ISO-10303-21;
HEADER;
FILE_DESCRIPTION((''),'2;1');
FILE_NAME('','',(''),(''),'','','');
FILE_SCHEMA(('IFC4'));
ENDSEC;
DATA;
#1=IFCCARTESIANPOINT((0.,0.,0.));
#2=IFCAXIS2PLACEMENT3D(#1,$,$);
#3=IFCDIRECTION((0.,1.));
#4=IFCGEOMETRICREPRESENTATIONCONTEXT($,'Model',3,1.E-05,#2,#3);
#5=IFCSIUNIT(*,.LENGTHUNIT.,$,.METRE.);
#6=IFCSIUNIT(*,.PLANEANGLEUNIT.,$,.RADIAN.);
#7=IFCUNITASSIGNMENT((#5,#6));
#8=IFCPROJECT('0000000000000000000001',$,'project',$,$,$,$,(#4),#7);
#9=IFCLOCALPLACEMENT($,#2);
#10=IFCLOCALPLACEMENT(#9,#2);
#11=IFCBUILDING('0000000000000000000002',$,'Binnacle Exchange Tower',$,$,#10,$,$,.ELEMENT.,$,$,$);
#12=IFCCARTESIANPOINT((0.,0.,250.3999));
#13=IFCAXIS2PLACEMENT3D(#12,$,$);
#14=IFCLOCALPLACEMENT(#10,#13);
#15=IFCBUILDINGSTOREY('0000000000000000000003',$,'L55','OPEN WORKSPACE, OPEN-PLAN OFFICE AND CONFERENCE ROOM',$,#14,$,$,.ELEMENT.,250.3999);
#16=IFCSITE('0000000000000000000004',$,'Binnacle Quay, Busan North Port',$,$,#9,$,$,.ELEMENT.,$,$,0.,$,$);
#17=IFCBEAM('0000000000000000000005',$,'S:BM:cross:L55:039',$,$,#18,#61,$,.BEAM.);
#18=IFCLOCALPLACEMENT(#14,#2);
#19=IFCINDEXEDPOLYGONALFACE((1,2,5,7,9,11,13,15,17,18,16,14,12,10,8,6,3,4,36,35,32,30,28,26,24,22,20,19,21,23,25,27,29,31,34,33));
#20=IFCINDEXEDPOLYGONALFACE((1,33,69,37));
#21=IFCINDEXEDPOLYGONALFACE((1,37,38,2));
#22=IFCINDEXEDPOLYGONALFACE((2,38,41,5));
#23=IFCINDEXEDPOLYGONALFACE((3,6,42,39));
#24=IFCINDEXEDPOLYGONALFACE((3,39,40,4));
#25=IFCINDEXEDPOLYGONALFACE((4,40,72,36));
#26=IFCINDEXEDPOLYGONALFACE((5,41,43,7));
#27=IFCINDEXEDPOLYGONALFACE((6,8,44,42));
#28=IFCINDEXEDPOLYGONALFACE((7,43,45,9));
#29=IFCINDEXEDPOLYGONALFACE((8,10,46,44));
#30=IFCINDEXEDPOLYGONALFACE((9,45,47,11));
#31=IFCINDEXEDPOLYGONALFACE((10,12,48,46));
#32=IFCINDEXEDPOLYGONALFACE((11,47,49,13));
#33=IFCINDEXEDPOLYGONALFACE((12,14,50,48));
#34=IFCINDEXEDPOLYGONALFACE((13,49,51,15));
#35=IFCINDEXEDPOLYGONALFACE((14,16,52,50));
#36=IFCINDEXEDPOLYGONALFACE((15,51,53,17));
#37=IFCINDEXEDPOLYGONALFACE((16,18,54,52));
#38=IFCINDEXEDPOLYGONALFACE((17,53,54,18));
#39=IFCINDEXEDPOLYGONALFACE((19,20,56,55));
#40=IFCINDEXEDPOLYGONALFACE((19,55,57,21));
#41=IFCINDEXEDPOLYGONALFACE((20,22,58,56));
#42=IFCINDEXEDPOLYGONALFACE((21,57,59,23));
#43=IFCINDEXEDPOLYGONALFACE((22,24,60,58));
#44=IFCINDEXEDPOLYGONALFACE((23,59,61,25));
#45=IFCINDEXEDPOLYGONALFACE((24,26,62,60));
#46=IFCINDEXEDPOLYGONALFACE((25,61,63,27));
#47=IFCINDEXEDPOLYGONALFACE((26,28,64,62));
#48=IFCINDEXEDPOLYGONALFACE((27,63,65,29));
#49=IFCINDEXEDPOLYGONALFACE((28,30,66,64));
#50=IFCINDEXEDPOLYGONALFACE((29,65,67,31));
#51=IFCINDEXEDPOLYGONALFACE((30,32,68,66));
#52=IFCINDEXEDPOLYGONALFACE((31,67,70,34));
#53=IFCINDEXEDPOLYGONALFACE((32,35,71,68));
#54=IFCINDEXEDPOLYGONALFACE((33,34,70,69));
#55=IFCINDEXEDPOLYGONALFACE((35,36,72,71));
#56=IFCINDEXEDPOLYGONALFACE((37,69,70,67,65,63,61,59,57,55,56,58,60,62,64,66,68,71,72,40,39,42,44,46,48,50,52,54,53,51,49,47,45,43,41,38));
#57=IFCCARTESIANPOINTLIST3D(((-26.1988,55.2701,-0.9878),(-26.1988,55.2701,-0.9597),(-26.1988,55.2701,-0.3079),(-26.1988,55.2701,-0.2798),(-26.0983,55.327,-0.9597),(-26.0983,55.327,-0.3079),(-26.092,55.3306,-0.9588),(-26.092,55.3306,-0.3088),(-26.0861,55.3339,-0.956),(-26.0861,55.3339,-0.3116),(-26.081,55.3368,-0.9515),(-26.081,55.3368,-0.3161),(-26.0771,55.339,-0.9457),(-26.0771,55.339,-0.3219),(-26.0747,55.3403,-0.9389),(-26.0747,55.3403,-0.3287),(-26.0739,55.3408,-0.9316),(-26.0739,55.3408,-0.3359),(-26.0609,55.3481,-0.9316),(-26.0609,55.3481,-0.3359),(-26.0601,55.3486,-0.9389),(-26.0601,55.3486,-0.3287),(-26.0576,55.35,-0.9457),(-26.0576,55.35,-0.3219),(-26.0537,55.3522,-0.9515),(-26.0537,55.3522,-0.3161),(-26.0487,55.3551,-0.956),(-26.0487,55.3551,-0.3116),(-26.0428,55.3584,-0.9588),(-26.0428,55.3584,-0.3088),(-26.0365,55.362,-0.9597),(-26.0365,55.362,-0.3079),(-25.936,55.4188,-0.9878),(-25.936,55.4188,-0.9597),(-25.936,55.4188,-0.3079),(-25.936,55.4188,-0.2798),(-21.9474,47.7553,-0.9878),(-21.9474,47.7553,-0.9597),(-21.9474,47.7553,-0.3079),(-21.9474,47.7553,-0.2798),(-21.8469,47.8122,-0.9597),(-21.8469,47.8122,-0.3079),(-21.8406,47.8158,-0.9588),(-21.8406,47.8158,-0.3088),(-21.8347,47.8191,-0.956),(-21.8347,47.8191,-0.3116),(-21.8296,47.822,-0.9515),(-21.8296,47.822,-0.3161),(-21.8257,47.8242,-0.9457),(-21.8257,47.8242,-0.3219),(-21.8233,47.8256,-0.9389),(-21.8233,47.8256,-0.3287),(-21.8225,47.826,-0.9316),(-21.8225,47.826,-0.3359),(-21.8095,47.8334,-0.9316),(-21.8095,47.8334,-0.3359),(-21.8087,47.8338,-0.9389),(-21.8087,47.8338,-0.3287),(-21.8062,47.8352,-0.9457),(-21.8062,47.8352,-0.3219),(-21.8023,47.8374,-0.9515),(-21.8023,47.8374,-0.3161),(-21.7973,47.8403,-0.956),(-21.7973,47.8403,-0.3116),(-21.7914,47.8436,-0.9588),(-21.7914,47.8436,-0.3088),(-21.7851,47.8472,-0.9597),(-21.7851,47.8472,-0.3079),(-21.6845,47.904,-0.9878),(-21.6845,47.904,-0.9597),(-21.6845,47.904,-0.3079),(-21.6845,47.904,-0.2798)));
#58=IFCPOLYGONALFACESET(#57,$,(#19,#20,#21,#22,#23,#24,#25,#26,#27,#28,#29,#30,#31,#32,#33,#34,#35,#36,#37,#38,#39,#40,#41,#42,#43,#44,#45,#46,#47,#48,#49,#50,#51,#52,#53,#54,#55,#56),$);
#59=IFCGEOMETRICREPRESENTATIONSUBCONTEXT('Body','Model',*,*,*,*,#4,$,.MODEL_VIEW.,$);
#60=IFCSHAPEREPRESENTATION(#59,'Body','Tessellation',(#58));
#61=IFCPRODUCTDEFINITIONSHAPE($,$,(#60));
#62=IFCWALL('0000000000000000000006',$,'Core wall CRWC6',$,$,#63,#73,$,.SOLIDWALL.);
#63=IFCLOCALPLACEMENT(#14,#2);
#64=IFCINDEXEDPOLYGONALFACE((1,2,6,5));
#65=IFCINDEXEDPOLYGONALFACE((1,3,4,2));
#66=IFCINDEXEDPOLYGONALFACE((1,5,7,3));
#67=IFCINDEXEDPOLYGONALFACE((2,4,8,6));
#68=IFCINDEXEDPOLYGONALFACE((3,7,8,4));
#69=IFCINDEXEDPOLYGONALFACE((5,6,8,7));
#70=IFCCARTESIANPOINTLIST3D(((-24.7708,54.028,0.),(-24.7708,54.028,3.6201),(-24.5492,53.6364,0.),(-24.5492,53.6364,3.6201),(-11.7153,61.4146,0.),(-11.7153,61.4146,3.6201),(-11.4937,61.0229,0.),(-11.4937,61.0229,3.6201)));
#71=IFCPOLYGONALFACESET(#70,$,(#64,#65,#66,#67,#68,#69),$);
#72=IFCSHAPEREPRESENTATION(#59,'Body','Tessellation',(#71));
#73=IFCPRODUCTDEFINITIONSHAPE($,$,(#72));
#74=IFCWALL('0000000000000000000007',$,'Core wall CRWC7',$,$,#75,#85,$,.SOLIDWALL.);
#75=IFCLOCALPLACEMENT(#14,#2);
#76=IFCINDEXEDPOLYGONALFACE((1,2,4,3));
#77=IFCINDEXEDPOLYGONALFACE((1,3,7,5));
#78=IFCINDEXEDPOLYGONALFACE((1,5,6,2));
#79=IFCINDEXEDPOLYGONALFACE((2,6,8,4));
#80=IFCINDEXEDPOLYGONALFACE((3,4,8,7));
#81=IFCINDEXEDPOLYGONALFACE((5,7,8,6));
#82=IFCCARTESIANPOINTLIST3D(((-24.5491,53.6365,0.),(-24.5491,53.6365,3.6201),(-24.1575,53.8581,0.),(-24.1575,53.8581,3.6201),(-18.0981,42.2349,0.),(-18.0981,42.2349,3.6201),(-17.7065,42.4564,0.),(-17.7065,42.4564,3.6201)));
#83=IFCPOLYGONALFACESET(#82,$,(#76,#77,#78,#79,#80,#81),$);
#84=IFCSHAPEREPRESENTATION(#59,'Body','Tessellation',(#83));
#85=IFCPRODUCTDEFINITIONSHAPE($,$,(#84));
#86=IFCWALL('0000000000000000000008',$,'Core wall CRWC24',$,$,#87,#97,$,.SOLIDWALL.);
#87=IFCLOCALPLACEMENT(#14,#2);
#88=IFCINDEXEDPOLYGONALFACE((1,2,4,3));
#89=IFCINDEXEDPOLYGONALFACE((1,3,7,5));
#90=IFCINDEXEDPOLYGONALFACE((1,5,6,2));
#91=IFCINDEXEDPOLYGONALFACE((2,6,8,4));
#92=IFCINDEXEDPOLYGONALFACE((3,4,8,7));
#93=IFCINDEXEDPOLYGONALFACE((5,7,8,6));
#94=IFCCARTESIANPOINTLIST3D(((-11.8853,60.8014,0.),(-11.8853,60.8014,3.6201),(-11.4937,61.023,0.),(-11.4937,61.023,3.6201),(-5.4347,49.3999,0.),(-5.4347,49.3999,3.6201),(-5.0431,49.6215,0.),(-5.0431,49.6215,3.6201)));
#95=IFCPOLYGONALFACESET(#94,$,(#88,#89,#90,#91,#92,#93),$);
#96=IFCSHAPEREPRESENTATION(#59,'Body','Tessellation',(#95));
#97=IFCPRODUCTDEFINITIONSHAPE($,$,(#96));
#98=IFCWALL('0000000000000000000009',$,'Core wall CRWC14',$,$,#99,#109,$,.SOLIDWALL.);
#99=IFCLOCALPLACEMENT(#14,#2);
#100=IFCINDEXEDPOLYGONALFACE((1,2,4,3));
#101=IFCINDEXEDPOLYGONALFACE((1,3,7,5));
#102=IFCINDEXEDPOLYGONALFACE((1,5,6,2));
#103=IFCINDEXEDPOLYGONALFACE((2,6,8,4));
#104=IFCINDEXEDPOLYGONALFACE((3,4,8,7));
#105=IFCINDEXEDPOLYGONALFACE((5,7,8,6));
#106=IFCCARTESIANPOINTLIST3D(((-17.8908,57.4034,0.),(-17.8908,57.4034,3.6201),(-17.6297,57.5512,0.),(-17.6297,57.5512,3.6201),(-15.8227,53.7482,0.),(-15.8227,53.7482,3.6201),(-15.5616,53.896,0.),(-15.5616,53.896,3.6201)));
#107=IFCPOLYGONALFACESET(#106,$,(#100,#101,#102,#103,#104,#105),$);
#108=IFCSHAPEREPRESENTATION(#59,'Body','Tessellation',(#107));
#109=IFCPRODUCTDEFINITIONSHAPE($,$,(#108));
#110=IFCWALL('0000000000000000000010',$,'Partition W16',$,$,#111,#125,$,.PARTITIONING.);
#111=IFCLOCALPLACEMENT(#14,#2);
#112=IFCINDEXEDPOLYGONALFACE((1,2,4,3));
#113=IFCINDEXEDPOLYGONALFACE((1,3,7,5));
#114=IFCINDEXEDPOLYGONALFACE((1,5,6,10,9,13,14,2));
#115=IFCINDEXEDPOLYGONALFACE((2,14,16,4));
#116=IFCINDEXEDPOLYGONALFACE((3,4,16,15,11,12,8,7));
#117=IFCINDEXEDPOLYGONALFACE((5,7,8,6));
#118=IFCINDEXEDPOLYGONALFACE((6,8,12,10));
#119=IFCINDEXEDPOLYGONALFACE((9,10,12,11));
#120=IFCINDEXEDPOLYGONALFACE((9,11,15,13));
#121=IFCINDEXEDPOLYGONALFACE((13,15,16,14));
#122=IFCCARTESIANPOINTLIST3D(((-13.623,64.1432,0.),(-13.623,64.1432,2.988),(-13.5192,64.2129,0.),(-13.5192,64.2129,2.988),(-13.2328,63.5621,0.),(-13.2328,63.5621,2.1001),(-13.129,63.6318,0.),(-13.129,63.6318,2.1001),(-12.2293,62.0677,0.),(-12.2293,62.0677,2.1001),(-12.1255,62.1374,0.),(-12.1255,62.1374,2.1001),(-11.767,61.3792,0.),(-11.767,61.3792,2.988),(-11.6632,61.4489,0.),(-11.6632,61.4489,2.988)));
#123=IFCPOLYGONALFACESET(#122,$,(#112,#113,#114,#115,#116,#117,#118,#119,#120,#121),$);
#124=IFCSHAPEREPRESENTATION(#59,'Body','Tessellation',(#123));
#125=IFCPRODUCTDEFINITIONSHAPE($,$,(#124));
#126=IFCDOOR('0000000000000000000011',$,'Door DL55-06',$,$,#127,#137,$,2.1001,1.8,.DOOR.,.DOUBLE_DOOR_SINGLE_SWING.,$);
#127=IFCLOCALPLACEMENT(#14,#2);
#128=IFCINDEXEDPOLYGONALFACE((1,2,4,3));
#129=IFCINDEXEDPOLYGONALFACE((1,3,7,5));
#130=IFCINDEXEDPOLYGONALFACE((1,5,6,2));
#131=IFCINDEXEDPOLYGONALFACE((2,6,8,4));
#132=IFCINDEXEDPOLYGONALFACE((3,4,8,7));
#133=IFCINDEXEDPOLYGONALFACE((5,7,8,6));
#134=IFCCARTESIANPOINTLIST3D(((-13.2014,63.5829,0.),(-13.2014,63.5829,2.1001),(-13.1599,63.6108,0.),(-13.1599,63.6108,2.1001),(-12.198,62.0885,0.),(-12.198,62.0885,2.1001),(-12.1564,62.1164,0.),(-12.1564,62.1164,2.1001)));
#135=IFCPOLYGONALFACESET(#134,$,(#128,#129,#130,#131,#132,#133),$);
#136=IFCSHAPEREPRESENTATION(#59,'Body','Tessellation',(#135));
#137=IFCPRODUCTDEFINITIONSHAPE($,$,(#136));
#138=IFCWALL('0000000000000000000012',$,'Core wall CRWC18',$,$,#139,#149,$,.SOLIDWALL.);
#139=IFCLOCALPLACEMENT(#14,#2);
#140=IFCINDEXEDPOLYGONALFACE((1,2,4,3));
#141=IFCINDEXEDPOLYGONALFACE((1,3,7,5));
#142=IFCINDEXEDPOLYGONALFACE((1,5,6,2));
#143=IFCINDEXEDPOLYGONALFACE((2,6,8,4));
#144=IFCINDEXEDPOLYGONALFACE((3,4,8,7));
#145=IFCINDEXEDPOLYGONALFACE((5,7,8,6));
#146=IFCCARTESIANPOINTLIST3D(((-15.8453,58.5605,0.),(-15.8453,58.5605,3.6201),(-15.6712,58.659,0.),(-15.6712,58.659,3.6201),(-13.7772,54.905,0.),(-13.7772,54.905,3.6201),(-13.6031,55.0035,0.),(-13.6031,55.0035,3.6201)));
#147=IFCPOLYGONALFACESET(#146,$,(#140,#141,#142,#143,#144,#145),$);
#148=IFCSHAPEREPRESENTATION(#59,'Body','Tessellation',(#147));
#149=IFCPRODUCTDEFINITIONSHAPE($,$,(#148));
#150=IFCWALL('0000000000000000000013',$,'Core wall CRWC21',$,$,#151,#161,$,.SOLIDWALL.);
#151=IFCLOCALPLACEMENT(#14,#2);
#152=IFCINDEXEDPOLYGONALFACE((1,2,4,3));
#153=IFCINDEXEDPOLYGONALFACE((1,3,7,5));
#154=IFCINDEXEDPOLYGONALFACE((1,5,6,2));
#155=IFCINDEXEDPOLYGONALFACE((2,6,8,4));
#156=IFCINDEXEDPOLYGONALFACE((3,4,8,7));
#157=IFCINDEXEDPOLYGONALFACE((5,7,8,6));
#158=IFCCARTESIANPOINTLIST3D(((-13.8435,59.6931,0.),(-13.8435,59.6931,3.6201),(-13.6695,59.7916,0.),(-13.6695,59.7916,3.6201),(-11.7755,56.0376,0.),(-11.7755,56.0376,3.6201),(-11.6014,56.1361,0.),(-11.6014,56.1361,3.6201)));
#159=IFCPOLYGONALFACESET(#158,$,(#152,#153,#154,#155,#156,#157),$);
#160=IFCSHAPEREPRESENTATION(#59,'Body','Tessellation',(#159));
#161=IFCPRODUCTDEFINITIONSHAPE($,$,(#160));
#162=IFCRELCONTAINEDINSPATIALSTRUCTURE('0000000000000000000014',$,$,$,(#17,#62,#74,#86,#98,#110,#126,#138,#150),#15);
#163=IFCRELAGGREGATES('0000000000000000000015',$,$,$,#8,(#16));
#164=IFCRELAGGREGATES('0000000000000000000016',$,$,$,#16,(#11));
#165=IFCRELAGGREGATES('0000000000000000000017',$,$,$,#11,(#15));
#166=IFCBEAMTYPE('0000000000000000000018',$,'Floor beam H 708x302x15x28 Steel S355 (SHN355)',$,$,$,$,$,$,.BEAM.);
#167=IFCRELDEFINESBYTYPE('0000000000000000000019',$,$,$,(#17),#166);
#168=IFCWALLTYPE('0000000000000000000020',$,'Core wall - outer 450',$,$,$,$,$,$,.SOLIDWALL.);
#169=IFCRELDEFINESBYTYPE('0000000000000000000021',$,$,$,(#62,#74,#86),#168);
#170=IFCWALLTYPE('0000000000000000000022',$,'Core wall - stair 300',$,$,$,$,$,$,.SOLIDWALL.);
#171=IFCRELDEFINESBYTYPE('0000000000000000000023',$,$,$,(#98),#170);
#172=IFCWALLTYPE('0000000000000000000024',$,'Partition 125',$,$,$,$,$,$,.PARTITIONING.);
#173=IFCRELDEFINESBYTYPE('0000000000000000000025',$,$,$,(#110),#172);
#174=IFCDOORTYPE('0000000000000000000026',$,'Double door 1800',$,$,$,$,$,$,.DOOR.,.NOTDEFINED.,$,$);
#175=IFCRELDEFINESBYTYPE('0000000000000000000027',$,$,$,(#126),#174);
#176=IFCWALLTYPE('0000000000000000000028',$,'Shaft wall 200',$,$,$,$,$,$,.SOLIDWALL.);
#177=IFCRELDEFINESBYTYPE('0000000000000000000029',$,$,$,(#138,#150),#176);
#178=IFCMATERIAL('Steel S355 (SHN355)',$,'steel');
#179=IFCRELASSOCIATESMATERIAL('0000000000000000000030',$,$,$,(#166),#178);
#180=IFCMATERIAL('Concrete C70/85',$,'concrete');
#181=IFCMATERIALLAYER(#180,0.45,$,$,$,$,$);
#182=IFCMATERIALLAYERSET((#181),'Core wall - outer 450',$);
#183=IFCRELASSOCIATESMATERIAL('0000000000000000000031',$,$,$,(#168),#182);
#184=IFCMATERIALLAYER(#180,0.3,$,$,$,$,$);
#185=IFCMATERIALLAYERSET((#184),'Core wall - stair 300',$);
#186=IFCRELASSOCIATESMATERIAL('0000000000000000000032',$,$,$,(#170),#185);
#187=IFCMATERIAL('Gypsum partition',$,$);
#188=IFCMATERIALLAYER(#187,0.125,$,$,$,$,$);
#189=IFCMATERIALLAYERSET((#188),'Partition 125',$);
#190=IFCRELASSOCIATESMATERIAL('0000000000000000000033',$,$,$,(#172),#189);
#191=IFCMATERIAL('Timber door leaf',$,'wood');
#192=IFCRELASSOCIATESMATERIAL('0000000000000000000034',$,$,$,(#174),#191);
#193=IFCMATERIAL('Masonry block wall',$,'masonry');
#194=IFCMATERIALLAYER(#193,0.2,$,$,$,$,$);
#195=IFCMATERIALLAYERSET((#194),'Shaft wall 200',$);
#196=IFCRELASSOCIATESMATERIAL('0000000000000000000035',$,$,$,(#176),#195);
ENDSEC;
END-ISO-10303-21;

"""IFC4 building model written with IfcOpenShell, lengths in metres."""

from ifc_helpers import new_model, si_unit, direction, frame, frame_2d, origin, origin_2d, place, context, subcontext, project, spatial, rectangle, i_section, extrude, material, layer, layer_set, material_profile, profile_set, type_object, element, fill, save


model = new_model("IFC4")

# Units and contexts
model_context = context("Model", 3, precision=1e-05, world=origin(), true_north=direction((0.0, 1.0)))
body_context = subcontext(model_context, "Body", "Model", "MODEL_VIEW")
ifc_project = project(units=[si_unit("LENGTHUNIT", "METRE"), si_unit("PLANEANGLEUNIT", "RADIAN")], contexts=[model_context])

# Site, building, storey
site_placement = place(None, origin())
site = spatial("IfcSite", under=ifc_project, at=site_placement, Name="Binnacle Quay, Busan North Port", CompositionType="ELEMENT", RefElevation=0.0)
building_placement = place(site_placement, origin())
building = spatial("IfcBuilding", under=site, at=building_placement, Name="Binnacle Exchange Tower", CompositionType="ELEMENT")
storey_placement = place(building_placement, frame((0.0, 0.0, 250.3999)))
storey = spatial("IfcBuildingStorey", under=building, at=storey_placement, Name="L55", Description="OPEN WORKSPACE, OPEN-PLAN OFFICE AND CONFERENCE ROOM", CompositionType="ELEMENT", Elevation=250.3999)

# Beam
ifc_material_1 = material(Name="Steel S355 (SHN355)", Category="steel")
ifc_material_profile_1 = material_profile(ifc_material_1, i_section(OverallWidth=0.302, OverallDepth=0.708, WebThickness=0.0149, FlangeThickness=0.0281, FilletRadius=0.0281, at=origin_2d()), Name="H 708x302x15x28")
ifc_profile_set_1 = profile_set([ifc_material_profile_1], Name="Steel S355 (SHN355)")
beam_type_1 = type_object("IfcBeamType", Name="Floor beam H 708x302x15x28 Steel S355 (SHN355)", PredefinedType="BEAM", material=ifc_profile_set_1)
beam_1_placement = place(storey_placement, frame((-26.0674, 55.3445, -0.6338), z_axis=(0.492401, -0.870368, 0.0), x_axis=(0.870368, 0.492401, 0.0)))
element("IfcBeam", 1, at=beam_1_placement, inside=storey, type_object=beam_type_1, Name="S:BM:cross:L55:039", PredefinedType="BEAM", context=body_context, shape_type="SweptSolid", body=[
    extrude(i_section(OverallWidth=0.302, OverallDepth=0.708, WebThickness=0.0149, FlangeThickness=0.0281, FilletRadius=0.0281, at=origin_2d()), origin(), (0.0, 0.0, 1.0), 8.634),
])

# Walls
ifc_material_2 = material(Name="Concrete C70/85", Category="concrete")
ifc_layer_1 = layer(ifc_material_2, 0.45)
ifc_layer_set_1 = layer_set([ifc_layer_1], Name="Core wall - outer 450")
wall_type_1 = type_object("IfcWallType", Name="Core wall - outer 450", PredefinedType="SOLIDWALL", material=ifc_layer_set_1)
wall_1_placement = place(storey_placement, frame((-24.6599, 53.8323, 0.0), z_axis=(0.0, 0.0, 1.0), x_axis=(0.870354, 0.492427, 0.0)))
element("IfcWall", 2, at=wall_1_placement, inside=storey, type_object=wall_type_1, Name="Core wall CRWC6", PredefinedType="SOLIDWALL", context=body_context, shape_type="SweptSolid", body=[
    extrude(rectangle(XDim=15.0002, YDim=0.45, at=frame_2d((7.5, 0.0))), origin(), (0.0, 0.0, 1.0), 3.6201),
])
wall_2_placement = place(storey_placement, frame((-24.3533, 53.7473, 0.0), z_axis=(0.0, 0.0, 1.0), x_axis=(0.492435, -0.870349, 0.0)))
element("IfcWall", 3, at=wall_2_placement, inside=storey, type_object=wall_type_1, Name="Core wall CRWC7", PredefinedType="SOLIDWALL", context=body_context, shape_type="SweptSolid", body=[
    extrude(rectangle(XDim=13.1001, YDim=0.45, at=frame_2d((6.55, 0.0))), origin(), (0.0, 0.0, 1.0), 3.6201),
])
wall_3_placement = place(storey_placement, frame((-11.6895, 60.9121, 0.0), z_axis=(0.0, 0.0, 1.0), x_axis=(0.492421, -0.870357, 0.0)))
element("IfcWall", 4, at=wall_3_placement, inside=storey, type_object=wall_type_1, Name="Core wall CRWC24", PredefinedType="SOLIDWALL", context=body_context, shape_type="SweptSolid", body=[
    extrude(rectangle(XDim=13.0999, YDim=0.45, at=frame_2d((6.5498, 0.0))), origin(), (0.0, 0.0, 1.0), 3.6201),
])
ifc_layer_2 = layer(ifc_material_2, 0.3)
ifc_layer_set_2 = layer_set([ifc_layer_2], Name="Core wall - stair 300")
wall_type_2 = type_object("IfcWallType", Name="Core wall - stair 300", PredefinedType="SOLIDWALL", material=ifc_layer_set_2)
wall_4_placement = place(storey_placement, frame((-17.7603, 57.4773, 0.0), z_axis=(0.0, 0.0, 1.0), x_axis=(0.492435, -0.870349, 0.0)))
element("IfcWall", 5, at=wall_4_placement, inside=storey, type_object=wall_type_2, Name="Core wall CRWC14", PredefinedType="SOLIDWALL", context=body_context, shape_type="SweptSolid", body=[
    extrude(rectangle(XDim=4.1997, YDim=0.3, at=frame_2d((2.0999, 0.0))), origin(), (0.0, 0.0, 1.0), 3.6201),
])

# Wall, opening, door
ifc_material_3 = material(Name="Gypsum partition")
ifc_layer_3 = layer(ifc_material_3, 0.125)
ifc_layer_set_3 = layer_set([ifc_layer_3], Name="Partition 125")
wall_type_3 = type_object("IfcWallType", Name="Partition 125", PredefinedType="PARTITIONING", material=ifc_layer_set_3)
wall_5_placement = place(storey_placement, frame((-13.571, 64.178, 0.0), z_axis=(0.0, 0.0, 1.0), x_axis=(0.557472, -0.830195, 0.0)))
wall_5 = element("IfcWall", 6, at=wall_5_placement, inside=storey, type_object=wall_type_3, Name="Partition W16", PredefinedType="PARTITIONING", context=body_context, shape_type="SweptSolid", body=[
    extrude(rectangle(XDim=3.3293, YDim=0.125, at=frame_2d((1.6646, 0.0))), origin(), (0.0, 0.0, 1.0), 2.988),
])
opening_placement = place(wall_5_placement, frame((0.7, 0.0, 0.0)))
opening = element("IfcOpeningElement", 7, at=opening_placement, cuts=wall_5, PredefinedType="OPENING", context=body_context, shape_type="SweptSolid", body=[
    extrude(rectangle(XDim=1.8, YDim=2.1001, at=frame_2d((0.8999, 1.05))), frame((0.0, 0.0725, 0.0), z_axis=(0.0, -1.0, 0.0), x_axis=(1.0, 0.0, 0.0)), (0.0, 0.0, 1.0), 0.145),
])
ifc_material_4 = material(Name="Timber door leaf", Category="wood")
door_type = type_object("IfcDoorType", Name="Double door 1800", OperationType="NOTDEFINED", PredefinedType="DOOR", material=ifc_material_4)
door_placement = place(opening_placement, frame((1.8, 0.0, 0.0), z_axis=(0.0, 0.0, 1.0), x_axis=(-1.0, 0.0, 0.0)))
door = element("IfcDoor", 8, at=door_placement, inside=storey, type_object=door_type, Name="Door DL55-06", OperationType="DOUBLE_DOOR_SINGLE_SWING", OverallHeight=2.1001, OverallWidth=1.8, PredefinedType="DOOR", context=body_context, shape_type="SweptSolid", body=[
    extrude(rectangle(XDim=1.8, YDim=2.1001, at=frame_2d((0.8999, 1.05))), frame((0.0, 0.0249, 0.0), z_axis=(0.0, -1.0, 0.0), x_axis=(1.0, 0.0, 0.0)), (0.0, 0.0, 1.0), 0.05),
])
fill(opening, door)

# Walls
ifc_material_5 = material(Name="Masonry block wall", Category="masonry")
ifc_layer_4 = layer(ifc_material_5, 0.2)
ifc_layer_set_4 = layer_set([ifc_layer_4], Name="Shaft wall 200")
wall_type_4 = type_object("IfcWallType", Name="Shaft wall 200", PredefinedType="SOLIDWALL", material=ifc_layer_set_4)
for number, where, z_axis, x_axis, name in (
    (9, (-15.7583, 58.6099, 0.0), (0.0, 0.0, 1.0), (0.49241, -0.870364, 0.0), "Core wall CRWC18"),
    (10, (-13.7566, 59.7424, 0.0), (0.0, 0.0, 1.0), (0.49241, -0.870364, 0.0), "Core wall CRWC21"),
):
    element("IfcWall", number, at=place(storey_placement, frame(where, z_axis=z_axis, x_axis=x_axis)), inside=storey, type_object=wall_type_4, Name=name, PredefinedType="SOLIDWALL", context=body_context, shape_type="SweptSolid", body=[
        extrude(rectangle(XDim=4.2, YDim=0.2, at=frame_2d((2.1001, 0.0))), origin(), (0.0, 0.0, 1.0), 3.6201),
    ])

save(model, "model.ifc")
